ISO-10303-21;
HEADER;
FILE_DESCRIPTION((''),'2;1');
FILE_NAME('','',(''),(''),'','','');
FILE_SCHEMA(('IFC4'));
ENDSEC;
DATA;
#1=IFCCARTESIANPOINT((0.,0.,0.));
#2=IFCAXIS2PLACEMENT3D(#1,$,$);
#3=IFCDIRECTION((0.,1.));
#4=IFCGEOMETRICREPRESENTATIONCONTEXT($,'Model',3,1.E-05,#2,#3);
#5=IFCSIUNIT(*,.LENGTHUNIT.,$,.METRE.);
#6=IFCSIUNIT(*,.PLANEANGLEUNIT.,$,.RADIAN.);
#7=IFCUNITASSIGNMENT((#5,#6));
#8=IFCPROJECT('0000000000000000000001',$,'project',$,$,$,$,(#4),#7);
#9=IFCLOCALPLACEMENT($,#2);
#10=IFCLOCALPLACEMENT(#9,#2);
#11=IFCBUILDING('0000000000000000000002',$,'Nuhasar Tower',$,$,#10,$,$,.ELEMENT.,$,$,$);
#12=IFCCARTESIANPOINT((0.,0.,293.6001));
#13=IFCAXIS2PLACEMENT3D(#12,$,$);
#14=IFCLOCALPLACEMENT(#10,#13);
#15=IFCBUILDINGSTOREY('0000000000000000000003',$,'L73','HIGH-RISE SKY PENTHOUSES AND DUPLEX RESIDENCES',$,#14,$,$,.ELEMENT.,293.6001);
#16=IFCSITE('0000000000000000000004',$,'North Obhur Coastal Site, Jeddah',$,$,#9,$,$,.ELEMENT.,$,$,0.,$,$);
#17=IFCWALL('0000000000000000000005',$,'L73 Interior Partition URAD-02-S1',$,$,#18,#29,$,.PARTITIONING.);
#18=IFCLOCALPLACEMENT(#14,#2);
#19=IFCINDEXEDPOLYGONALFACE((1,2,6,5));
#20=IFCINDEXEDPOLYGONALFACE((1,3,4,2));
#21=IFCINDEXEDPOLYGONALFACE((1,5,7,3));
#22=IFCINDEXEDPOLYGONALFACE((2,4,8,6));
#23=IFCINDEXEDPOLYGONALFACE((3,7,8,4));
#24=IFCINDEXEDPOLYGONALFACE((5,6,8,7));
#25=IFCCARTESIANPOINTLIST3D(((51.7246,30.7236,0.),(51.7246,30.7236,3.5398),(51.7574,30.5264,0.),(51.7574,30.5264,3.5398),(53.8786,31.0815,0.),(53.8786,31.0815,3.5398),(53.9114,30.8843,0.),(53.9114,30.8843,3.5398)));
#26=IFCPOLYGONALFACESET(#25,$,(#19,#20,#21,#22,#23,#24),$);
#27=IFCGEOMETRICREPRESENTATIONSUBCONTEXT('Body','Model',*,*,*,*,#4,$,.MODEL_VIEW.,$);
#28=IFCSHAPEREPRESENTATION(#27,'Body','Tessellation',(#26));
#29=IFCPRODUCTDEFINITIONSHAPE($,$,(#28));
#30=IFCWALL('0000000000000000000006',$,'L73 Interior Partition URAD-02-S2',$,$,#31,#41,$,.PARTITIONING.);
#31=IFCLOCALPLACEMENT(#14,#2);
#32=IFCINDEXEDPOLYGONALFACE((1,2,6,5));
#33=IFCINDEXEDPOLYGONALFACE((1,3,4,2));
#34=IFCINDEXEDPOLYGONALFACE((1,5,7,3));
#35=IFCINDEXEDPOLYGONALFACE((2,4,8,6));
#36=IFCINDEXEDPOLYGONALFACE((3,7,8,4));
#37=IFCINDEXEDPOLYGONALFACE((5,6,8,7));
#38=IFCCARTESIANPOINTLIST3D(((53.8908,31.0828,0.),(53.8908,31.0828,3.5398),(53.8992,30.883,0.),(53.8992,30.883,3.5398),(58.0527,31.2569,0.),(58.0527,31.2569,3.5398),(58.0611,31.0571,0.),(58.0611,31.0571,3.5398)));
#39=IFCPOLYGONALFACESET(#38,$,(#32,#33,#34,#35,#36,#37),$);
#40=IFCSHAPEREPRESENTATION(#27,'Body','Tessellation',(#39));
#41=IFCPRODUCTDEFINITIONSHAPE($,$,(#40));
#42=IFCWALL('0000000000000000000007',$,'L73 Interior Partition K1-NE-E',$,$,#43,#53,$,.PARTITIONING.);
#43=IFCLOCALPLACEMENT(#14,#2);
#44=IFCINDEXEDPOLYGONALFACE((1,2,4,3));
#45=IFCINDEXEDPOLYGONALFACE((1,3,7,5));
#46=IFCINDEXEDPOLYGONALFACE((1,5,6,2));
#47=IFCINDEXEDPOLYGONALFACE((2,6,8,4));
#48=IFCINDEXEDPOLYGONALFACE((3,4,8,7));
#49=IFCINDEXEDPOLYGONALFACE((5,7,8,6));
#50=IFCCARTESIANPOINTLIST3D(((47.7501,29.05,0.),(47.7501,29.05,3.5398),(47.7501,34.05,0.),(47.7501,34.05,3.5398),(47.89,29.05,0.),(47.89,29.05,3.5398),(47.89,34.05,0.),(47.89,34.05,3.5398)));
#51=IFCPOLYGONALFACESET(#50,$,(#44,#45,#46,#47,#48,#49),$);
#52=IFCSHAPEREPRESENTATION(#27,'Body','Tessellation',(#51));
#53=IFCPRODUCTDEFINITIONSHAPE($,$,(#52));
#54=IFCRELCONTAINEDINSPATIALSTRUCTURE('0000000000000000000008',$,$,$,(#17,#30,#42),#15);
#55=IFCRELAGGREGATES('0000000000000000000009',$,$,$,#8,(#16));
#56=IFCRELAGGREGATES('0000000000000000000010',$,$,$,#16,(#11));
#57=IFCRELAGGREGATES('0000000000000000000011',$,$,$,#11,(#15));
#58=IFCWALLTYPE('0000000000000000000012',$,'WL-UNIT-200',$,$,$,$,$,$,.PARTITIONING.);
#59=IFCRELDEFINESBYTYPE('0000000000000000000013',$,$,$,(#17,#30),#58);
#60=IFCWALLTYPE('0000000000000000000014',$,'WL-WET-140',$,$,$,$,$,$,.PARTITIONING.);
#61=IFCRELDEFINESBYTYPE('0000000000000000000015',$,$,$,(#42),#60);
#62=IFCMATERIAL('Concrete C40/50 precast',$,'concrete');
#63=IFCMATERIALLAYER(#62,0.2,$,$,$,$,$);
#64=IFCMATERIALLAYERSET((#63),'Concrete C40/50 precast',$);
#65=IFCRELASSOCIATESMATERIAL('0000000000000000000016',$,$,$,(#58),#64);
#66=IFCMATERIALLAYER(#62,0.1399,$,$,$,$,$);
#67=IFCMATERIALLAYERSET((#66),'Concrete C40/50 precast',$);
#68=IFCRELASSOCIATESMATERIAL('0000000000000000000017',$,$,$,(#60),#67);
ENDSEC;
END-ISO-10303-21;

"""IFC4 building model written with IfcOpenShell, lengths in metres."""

from ifc_helpers import new_model, si_unit, direction, frame, frame_2d, origin, place, context, subcontext, project, spatial, rectangle, extrude, material, layer, layer_set, type_object, element, save


model = new_model("IFC4")

# Units and contexts
model_context = context("Model", 3, precision=1e-05, world=origin(), true_north=direction((0.0, 1.0)))
body_context = subcontext(model_context, "Body", "Model", "MODEL_VIEW")
ifc_project = project(units=[si_unit("LENGTHUNIT", "METRE"), si_unit("PLANEANGLEUNIT", "RADIAN")], contexts=[model_context])

# Site, building, storey
site_placement = place(None, origin())
site = spatial("IfcSite", under=ifc_project, at=site_placement, Name="North Obhur Coastal Site, Jeddah", CompositionType="ELEMENT", RefElevation=0.0)
building_placement = place(site_placement, origin())
building = spatial("IfcBuilding", under=site, at=building_placement, Name="Nuhasar Tower", CompositionType="ELEMENT")
storey_placement = place(building_placement, frame((0.0, 0.0, 293.6001)))
storey = spatial("IfcBuildingStorey", under=building, at=storey_placement, Name="L73", Description="HIGH-RISE SKY PENTHOUSES AND DUPLEX RESIDENCES", CompositionType="ELEMENT", Elevation=293.6001)

# Walls
ifc_material_1 = material(Name="Concrete C40/50 precast", Category="concrete")
ifc_layer_1 = layer(ifc_material_1, 0.2)
ifc_layer_set_1 = layer_set([ifc_layer_1], Name="Concrete C40/50 precast")
wall_type_1 = type_object("IfcWallType", Name="WL-UNIT-200", PredefinedType="PARTITIONING", material=ifc_layer_set_1)
wall_1_placement = place(storey_placement, frame((51.741, 30.625, 0.0), z_axis=(0.0, 0.0, 1.0), x_axis=(0.986475, 0.163909, 0.0)))
element("IfcWall", 1, at=wall_1_placement, inside=storey, type_object=wall_type_1, Name="L73 Interior Partition URAD-02-S1", PredefinedType="PARTITIONING", context=body_context, shape_type="SweptSolid", body=[
    extrude(rectangle(XDim=2.1836, YDim=0.2, at=frame_2d((1.0918, 0.0))), origin(), (0.0, 0.0, 1.0), 3.5398),
])
wall_2_placement = place(storey_placement, frame((53.895, 30.9829, 0.0), z_axis=(0.0, 0.0, 1.0), x_axis=(0.999126, 0.041789, 0.0)))
element("IfcWall", 2, at=wall_2_placement, inside=storey, type_object=wall_type_1, Name="L73 Interior Partition URAD-02-S2", PredefinedType="PARTITIONING", context=body_context, shape_type="SweptSolid", body=[
    extrude(rectangle(XDim=4.1655, YDim=0.2, at=frame_2d((2.0828, 0.0))), origin(), (0.0, 0.0, 1.0), 3.5398),
])
ifc_layer_2 = layer(ifc_material_1, 0.1399)
ifc_layer_set_2 = layer_set([ifc_layer_2], Name="Concrete C40/50 precast")
wall_type_2 = type_object("IfcWallType", Name="WL-WET-140", PredefinedType="PARTITIONING", material=ifc_layer_set_2)
wall_3_placement = place(storey_placement, frame((47.8201, 29.05, 0.0), z_axis=(0.0, 0.0, 1.0), x_axis=(0.0, 1.0, 0.0)))
element("IfcWall", 3, at=wall_3_placement, inside=storey, type_object=wall_type_2, Name="L73 Interior Partition K1-NE-E", PredefinedType="PARTITIONING", context=body_context, shape_type="SweptSolid", body=[
    extrude(rectangle(XDim=5.0, YDim=0.1399, at=frame_2d((2.5, 0.0))), origin(), (0.0, 0.0, 1.0), 3.5398),
])

save(model, "model.ifc")
